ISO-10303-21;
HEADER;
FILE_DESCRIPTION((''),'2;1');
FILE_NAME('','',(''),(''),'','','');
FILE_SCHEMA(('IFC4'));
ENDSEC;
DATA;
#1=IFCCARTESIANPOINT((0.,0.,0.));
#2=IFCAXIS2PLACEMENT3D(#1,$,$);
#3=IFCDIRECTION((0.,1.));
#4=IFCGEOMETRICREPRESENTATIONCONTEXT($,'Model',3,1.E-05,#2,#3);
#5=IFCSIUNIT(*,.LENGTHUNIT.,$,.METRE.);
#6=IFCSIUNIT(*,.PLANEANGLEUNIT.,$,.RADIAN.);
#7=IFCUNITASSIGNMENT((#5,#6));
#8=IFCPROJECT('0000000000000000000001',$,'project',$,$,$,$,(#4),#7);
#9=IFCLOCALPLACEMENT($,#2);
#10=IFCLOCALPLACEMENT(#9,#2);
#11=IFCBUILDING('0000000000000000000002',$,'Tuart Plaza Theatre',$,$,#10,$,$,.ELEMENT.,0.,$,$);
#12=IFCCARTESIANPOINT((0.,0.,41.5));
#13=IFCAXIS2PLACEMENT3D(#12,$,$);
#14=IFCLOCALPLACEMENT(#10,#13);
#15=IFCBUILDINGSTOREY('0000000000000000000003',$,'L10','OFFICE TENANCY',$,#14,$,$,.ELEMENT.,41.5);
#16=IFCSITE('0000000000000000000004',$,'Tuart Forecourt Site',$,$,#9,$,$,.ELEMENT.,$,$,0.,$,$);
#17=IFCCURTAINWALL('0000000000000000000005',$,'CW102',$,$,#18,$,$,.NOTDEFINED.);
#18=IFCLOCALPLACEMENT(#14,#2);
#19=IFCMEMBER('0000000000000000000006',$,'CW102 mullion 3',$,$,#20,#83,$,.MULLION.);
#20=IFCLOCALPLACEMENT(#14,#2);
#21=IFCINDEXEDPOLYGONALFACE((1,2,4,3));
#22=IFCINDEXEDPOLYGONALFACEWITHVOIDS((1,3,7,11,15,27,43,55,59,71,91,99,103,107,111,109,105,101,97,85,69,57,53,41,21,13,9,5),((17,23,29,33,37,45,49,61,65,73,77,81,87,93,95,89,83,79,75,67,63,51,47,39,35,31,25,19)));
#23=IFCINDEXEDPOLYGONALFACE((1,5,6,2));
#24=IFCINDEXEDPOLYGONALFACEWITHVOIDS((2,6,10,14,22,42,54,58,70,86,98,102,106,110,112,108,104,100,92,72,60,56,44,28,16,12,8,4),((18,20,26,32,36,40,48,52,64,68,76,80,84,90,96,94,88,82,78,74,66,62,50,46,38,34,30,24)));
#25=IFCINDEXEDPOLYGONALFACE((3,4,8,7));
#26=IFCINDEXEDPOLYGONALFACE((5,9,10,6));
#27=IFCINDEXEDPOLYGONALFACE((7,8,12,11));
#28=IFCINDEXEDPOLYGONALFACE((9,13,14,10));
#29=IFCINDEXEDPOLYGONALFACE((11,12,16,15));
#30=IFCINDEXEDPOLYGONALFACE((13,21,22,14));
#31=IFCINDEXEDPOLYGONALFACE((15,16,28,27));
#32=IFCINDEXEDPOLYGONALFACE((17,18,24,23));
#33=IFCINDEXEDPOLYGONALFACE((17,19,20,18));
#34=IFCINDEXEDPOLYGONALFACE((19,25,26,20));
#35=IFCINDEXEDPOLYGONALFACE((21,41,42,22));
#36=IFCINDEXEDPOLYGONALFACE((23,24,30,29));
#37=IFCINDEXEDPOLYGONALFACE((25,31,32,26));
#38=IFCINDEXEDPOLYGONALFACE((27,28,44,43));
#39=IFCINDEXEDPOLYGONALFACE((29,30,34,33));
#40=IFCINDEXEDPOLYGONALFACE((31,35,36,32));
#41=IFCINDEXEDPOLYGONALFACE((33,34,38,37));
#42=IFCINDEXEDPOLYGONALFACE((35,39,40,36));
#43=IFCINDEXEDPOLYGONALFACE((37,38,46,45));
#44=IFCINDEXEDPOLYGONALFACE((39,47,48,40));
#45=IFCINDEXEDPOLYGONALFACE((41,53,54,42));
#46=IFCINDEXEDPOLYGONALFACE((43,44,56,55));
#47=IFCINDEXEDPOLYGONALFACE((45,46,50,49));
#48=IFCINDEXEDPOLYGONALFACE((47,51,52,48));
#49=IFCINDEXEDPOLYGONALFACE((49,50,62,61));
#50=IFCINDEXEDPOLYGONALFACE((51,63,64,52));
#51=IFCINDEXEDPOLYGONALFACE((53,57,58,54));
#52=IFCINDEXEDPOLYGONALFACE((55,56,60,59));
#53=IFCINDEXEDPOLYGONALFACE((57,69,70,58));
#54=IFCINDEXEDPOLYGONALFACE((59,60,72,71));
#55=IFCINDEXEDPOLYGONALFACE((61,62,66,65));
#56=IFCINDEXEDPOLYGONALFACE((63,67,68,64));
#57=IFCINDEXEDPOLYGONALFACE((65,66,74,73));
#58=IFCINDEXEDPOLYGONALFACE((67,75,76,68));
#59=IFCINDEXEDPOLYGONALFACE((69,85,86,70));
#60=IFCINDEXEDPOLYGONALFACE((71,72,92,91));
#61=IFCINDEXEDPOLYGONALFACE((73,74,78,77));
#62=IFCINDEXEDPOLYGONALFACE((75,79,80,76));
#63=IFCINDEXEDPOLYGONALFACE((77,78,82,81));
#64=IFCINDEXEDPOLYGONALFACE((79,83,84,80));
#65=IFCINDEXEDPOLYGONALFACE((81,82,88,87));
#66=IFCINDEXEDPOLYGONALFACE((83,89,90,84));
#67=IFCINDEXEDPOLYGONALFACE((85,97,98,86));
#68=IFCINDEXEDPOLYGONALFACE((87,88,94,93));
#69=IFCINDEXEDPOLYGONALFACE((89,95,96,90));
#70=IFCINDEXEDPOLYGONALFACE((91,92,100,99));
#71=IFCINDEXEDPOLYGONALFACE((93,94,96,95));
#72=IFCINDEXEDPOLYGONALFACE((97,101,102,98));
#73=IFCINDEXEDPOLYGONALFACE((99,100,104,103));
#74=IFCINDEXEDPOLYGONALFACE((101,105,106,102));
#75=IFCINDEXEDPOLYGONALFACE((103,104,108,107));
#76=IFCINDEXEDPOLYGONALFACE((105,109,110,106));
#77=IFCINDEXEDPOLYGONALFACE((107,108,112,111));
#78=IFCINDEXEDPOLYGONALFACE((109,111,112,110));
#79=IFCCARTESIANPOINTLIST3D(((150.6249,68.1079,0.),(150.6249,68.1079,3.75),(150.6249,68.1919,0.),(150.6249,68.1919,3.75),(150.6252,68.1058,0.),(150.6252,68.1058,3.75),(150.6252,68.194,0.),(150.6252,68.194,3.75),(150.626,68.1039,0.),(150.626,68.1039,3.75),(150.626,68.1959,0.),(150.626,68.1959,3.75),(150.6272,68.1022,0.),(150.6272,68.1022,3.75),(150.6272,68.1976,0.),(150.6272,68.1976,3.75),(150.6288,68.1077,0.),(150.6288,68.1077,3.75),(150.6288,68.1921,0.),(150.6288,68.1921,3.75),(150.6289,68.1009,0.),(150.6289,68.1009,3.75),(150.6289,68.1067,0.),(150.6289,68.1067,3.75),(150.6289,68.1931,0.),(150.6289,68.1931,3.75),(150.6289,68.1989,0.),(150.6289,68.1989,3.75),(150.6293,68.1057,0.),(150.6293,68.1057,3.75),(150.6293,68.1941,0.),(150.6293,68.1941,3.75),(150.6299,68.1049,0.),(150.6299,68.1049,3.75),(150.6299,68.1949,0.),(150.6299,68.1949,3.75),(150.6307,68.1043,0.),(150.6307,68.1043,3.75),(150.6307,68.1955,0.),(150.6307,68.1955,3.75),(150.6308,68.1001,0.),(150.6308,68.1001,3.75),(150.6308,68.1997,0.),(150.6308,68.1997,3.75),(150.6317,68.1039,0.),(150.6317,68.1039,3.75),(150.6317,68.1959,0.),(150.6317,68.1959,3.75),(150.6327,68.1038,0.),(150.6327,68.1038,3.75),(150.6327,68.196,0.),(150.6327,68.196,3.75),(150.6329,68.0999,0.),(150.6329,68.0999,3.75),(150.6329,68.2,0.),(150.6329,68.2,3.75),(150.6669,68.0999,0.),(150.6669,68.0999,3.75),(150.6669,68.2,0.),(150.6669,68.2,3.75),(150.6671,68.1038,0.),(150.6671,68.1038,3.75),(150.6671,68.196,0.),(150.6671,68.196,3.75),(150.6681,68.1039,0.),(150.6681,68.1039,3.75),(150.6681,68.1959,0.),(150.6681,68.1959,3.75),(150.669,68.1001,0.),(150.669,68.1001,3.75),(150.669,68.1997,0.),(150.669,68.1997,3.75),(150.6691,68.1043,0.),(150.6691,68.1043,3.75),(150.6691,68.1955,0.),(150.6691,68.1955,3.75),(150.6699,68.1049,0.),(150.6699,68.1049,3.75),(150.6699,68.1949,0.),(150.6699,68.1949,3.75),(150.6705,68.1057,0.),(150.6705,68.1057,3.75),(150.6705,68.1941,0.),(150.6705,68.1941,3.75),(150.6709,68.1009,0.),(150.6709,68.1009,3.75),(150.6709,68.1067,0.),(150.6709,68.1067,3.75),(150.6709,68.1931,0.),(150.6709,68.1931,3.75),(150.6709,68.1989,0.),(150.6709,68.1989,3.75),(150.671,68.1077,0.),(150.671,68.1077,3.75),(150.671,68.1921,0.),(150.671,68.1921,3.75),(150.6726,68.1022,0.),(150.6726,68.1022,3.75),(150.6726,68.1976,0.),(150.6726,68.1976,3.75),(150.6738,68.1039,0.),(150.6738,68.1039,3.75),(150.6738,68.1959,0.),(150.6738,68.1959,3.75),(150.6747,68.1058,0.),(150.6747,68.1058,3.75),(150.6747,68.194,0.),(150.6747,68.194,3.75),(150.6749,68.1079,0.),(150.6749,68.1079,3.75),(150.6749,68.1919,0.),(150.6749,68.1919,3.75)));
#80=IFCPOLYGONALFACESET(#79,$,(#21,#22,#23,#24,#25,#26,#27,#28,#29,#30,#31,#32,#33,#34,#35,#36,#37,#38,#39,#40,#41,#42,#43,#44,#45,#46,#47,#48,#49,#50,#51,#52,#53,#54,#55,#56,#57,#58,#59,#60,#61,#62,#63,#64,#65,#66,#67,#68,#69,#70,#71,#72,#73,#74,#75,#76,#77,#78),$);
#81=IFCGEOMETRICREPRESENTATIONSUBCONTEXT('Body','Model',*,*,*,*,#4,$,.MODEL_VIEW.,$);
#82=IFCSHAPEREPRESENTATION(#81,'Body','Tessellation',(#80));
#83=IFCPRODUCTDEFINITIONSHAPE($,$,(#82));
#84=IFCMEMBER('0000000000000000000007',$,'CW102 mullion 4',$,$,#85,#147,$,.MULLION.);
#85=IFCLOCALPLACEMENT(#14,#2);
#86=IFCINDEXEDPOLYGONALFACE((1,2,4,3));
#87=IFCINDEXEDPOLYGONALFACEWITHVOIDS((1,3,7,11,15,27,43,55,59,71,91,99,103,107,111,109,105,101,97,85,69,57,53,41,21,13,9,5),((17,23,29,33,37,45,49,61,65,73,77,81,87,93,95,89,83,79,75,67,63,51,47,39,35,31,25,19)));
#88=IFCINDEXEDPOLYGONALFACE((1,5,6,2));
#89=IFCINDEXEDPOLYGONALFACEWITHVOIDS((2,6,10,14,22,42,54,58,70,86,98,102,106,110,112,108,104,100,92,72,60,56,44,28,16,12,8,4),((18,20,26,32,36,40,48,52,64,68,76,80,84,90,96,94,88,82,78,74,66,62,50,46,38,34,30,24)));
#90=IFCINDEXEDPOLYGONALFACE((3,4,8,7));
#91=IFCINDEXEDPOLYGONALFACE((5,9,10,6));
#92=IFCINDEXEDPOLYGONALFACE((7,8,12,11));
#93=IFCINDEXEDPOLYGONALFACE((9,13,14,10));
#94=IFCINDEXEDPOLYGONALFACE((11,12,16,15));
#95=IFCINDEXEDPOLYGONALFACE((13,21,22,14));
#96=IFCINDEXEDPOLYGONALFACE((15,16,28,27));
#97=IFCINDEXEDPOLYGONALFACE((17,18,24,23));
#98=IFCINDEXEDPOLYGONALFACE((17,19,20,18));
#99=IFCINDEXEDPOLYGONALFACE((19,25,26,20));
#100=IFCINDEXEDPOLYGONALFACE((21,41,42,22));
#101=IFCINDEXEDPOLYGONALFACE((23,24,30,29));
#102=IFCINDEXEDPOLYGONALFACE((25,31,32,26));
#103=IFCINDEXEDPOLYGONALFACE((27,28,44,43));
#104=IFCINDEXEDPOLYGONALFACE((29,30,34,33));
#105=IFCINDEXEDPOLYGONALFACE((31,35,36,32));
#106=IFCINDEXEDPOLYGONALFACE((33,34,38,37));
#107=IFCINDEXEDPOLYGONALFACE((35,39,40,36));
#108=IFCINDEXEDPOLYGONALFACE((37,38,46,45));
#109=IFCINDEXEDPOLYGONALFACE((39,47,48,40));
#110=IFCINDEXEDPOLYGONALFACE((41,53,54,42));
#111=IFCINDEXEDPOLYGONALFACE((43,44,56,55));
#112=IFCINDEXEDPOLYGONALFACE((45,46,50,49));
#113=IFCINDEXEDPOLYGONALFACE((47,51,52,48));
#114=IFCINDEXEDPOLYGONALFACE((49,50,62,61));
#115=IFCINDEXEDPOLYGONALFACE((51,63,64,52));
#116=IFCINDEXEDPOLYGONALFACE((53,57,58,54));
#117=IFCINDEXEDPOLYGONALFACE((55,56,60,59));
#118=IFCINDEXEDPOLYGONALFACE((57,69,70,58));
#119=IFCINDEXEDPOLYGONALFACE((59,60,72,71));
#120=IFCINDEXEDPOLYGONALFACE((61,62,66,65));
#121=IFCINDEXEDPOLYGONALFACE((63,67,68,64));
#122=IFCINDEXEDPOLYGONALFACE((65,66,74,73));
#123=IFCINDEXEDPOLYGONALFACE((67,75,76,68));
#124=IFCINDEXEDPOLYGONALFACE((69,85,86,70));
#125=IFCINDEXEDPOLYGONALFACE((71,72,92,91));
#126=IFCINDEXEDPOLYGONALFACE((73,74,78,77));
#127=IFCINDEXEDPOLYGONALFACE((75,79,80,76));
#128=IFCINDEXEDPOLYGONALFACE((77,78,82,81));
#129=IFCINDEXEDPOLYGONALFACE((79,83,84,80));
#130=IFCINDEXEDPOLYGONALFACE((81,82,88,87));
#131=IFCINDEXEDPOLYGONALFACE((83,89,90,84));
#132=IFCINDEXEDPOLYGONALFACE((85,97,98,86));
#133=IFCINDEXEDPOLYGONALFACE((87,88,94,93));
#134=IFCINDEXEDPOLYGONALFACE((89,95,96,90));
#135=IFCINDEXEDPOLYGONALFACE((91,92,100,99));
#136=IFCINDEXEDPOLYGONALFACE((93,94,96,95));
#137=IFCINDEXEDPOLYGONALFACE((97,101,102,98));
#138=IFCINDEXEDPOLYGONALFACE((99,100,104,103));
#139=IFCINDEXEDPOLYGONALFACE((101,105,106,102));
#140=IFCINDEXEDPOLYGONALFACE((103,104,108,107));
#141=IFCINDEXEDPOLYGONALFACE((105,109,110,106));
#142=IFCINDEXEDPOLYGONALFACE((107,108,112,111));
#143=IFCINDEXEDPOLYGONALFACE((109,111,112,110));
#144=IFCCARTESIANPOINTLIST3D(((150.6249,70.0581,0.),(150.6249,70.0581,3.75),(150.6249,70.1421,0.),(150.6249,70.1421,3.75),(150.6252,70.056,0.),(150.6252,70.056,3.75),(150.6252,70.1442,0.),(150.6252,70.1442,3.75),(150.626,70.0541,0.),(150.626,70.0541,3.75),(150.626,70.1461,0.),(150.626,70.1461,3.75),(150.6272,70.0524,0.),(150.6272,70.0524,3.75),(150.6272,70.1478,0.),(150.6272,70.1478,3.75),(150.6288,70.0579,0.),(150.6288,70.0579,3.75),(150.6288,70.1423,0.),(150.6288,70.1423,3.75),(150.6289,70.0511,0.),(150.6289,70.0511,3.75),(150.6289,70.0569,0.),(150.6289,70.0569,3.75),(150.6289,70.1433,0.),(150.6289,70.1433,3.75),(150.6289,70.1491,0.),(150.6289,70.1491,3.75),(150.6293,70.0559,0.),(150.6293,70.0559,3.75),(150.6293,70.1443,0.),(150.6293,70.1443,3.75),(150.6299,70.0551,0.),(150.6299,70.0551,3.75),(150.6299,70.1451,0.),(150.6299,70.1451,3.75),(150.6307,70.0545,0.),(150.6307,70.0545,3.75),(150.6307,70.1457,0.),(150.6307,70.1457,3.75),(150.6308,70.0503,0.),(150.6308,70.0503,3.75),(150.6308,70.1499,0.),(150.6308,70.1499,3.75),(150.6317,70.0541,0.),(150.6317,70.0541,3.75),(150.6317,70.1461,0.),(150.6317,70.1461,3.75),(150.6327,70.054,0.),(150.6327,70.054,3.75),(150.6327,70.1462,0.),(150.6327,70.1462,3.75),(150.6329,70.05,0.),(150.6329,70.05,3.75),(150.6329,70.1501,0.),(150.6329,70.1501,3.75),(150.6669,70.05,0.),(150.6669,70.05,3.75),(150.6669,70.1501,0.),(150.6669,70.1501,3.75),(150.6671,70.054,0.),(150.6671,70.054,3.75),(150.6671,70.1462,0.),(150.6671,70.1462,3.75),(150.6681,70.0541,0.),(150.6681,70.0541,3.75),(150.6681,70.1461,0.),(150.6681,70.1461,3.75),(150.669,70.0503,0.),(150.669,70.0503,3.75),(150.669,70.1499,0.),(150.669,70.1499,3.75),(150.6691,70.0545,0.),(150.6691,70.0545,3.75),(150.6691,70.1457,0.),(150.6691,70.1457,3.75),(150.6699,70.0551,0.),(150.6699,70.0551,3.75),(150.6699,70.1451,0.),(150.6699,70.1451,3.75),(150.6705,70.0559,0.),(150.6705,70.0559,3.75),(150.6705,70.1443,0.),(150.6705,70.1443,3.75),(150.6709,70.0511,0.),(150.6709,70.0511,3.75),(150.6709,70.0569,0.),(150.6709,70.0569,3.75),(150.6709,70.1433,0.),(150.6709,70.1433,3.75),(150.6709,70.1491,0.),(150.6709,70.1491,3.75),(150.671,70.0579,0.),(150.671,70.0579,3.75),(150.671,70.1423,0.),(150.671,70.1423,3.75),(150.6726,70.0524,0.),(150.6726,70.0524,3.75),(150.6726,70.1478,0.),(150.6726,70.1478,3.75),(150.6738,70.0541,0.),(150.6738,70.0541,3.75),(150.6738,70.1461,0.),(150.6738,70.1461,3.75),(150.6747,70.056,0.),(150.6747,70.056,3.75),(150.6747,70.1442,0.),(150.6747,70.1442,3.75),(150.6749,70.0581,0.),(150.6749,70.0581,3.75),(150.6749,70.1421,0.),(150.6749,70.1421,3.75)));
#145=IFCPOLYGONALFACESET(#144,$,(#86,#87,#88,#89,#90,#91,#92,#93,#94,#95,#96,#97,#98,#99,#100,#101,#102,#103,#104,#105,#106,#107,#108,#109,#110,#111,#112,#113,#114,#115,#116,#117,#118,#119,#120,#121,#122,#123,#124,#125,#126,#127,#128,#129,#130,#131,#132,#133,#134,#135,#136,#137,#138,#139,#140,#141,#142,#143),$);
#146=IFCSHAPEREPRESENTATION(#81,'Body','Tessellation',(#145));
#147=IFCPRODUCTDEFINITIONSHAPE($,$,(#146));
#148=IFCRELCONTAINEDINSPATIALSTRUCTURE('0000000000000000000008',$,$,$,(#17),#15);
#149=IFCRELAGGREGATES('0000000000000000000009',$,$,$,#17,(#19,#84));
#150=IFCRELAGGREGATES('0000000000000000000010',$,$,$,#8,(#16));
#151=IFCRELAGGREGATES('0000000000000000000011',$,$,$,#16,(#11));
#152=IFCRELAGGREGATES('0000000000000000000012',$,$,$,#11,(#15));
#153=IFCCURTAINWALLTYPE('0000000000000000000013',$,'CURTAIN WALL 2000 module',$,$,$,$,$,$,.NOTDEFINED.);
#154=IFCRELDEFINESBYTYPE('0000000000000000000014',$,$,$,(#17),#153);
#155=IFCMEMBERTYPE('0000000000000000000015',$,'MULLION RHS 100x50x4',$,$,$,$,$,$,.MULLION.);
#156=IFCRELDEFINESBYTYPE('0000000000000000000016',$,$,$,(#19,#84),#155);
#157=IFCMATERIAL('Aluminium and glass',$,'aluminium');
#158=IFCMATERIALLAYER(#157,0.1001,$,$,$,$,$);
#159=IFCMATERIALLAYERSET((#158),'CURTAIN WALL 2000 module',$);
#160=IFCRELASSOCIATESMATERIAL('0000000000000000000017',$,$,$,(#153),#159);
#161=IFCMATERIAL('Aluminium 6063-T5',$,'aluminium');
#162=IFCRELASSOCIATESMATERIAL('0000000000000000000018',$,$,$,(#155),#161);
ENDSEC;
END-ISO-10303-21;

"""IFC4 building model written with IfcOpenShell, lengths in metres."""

from ifc_helpers import new_model, si_unit, direction, frame, origin, origin_2d, place, context, subcontext, project, spatial, hollow_rectangle, extrude, material, layer, layer_set, material_profile, profile_set, type_object, element, aggregate, save


model = new_model("IFC4")

# Units and contexts
model_context = context("Model", 3, precision=1e-05, world=origin(), true_north=direction((0.0, 1.0)))
body_context = subcontext(model_context, "Body", "Model", "MODEL_VIEW")
ifc_project = project(units=[si_unit("LENGTHUNIT", "METRE"), si_unit("PLANEANGLEUNIT", "RADIAN")], contexts=[model_context])

# Site, building, storey
site_placement = place(None, origin())
site = spatial("IfcSite", under=ifc_project, at=site_placement, Name="Tuart Forecourt Site", CompositionType="ELEMENT", RefElevation=0.0)
building_placement = place(site_placement, origin())
building = spatial("IfcBuilding", under=site, at=building_placement, Name="Tuart Plaza Theatre", CompositionType="ELEMENT", ElevationOfRefHeight=0.0)
storey_placement = place(building_placement, frame((0.0, 0.0, 41.5)))
storey = spatial("IfcBuildingStorey", under=building, at=storey_placement, Name="L10", Description="OFFICE TENANCY", CompositionType="ELEMENT", Elevation=41.5)

# Curtain wall, members
ifc_material_1 = material(Name="Aluminium and glass", Category="aluminium")
ifc_layer_1 = layer(ifc_material_1, 0.1001)
ifc_layer_set_1 = layer_set([ifc_layer_1], Name="CURTAIN WALL 2000 module")
curtain_wall_type = type_object("IfcCurtainWallType", Name="CURTAIN WALL 2000 module", PredefinedType="NOTDEFINED", material=ifc_layer_set_1)
ifc_material_2 = material(Name="Aluminium 6063-T5", Category="aluminium")
ifc_material_profile_1 = material_profile(ifc_material_2, hollow_rectangle(XDim=0.05, YDim=0.1001, WallThickness=0.0039, InnerFilletRadius=0.0039, OuterFilletRadius=0.0081, at=origin_2d()), Name="RHS 100x50x4")
ifc_profile_set_1 = profile_set([ifc_material_profile_1], Name="Aluminium 6063-T5")
member_type_1 = type_object("IfcMemberType", Name="MULLION RHS 100x50x4", PredefinedType="MULLION", material=ifc_profile_set_1)
curtain_wall_1_placement = place(storey_placement, origin())
curtain_wall_1 = element("IfcCurtainWall", 1, at=curtain_wall_1_placement, inside=storey, type_object=curtain_wall_type, Name="CW102", PredefinedType="NOTDEFINED")
member_1_placement = place(storey_placement, frame((150.6499, 68.1499, 0.0), z_axis=(0.0, 0.0, 1.0), x_axis=(-1.0, 0.0, 0.0)))
member_1 = element("IfcMember", 2, at=member_1_placement, type_object=member_type_1, Name="CW102 mullion 3", PredefinedType="MULLION", context=body_context, shape_type="SweptSolid", body=[
    extrude(hollow_rectangle(XDim=0.05, YDim=0.1001, WallThickness=0.0039, InnerFilletRadius=0.0039, OuterFilletRadius=0.0081, at=origin_2d()), origin(), (0.0, 0.0, 1.0), 3.75),
])
member_2_placement = place(storey_placement, frame((150.6499, 70.1001, 0.0), z_axis=(0.0, 0.0, 1.0), x_axis=(-1.0, 0.0, 0.0)))
member_2 = element("IfcMember", 3, at=member_2_placement, type_object=member_type_1, Name="CW102 mullion 4", PredefinedType="MULLION", context=body_context, shape_type="SweptSolid", body=[
    extrude(hollow_rectangle(XDim=0.05, YDim=0.1001, WallThickness=0.0039, InnerFilletRadius=0.0039, OuterFilletRadius=0.0081, at=origin_2d()), origin(), (0.0, 0.0, 1.0), 3.75),
])

aggregate(curtain_wall_1, [member_1, member_2])

save(model, "model.ifc")
